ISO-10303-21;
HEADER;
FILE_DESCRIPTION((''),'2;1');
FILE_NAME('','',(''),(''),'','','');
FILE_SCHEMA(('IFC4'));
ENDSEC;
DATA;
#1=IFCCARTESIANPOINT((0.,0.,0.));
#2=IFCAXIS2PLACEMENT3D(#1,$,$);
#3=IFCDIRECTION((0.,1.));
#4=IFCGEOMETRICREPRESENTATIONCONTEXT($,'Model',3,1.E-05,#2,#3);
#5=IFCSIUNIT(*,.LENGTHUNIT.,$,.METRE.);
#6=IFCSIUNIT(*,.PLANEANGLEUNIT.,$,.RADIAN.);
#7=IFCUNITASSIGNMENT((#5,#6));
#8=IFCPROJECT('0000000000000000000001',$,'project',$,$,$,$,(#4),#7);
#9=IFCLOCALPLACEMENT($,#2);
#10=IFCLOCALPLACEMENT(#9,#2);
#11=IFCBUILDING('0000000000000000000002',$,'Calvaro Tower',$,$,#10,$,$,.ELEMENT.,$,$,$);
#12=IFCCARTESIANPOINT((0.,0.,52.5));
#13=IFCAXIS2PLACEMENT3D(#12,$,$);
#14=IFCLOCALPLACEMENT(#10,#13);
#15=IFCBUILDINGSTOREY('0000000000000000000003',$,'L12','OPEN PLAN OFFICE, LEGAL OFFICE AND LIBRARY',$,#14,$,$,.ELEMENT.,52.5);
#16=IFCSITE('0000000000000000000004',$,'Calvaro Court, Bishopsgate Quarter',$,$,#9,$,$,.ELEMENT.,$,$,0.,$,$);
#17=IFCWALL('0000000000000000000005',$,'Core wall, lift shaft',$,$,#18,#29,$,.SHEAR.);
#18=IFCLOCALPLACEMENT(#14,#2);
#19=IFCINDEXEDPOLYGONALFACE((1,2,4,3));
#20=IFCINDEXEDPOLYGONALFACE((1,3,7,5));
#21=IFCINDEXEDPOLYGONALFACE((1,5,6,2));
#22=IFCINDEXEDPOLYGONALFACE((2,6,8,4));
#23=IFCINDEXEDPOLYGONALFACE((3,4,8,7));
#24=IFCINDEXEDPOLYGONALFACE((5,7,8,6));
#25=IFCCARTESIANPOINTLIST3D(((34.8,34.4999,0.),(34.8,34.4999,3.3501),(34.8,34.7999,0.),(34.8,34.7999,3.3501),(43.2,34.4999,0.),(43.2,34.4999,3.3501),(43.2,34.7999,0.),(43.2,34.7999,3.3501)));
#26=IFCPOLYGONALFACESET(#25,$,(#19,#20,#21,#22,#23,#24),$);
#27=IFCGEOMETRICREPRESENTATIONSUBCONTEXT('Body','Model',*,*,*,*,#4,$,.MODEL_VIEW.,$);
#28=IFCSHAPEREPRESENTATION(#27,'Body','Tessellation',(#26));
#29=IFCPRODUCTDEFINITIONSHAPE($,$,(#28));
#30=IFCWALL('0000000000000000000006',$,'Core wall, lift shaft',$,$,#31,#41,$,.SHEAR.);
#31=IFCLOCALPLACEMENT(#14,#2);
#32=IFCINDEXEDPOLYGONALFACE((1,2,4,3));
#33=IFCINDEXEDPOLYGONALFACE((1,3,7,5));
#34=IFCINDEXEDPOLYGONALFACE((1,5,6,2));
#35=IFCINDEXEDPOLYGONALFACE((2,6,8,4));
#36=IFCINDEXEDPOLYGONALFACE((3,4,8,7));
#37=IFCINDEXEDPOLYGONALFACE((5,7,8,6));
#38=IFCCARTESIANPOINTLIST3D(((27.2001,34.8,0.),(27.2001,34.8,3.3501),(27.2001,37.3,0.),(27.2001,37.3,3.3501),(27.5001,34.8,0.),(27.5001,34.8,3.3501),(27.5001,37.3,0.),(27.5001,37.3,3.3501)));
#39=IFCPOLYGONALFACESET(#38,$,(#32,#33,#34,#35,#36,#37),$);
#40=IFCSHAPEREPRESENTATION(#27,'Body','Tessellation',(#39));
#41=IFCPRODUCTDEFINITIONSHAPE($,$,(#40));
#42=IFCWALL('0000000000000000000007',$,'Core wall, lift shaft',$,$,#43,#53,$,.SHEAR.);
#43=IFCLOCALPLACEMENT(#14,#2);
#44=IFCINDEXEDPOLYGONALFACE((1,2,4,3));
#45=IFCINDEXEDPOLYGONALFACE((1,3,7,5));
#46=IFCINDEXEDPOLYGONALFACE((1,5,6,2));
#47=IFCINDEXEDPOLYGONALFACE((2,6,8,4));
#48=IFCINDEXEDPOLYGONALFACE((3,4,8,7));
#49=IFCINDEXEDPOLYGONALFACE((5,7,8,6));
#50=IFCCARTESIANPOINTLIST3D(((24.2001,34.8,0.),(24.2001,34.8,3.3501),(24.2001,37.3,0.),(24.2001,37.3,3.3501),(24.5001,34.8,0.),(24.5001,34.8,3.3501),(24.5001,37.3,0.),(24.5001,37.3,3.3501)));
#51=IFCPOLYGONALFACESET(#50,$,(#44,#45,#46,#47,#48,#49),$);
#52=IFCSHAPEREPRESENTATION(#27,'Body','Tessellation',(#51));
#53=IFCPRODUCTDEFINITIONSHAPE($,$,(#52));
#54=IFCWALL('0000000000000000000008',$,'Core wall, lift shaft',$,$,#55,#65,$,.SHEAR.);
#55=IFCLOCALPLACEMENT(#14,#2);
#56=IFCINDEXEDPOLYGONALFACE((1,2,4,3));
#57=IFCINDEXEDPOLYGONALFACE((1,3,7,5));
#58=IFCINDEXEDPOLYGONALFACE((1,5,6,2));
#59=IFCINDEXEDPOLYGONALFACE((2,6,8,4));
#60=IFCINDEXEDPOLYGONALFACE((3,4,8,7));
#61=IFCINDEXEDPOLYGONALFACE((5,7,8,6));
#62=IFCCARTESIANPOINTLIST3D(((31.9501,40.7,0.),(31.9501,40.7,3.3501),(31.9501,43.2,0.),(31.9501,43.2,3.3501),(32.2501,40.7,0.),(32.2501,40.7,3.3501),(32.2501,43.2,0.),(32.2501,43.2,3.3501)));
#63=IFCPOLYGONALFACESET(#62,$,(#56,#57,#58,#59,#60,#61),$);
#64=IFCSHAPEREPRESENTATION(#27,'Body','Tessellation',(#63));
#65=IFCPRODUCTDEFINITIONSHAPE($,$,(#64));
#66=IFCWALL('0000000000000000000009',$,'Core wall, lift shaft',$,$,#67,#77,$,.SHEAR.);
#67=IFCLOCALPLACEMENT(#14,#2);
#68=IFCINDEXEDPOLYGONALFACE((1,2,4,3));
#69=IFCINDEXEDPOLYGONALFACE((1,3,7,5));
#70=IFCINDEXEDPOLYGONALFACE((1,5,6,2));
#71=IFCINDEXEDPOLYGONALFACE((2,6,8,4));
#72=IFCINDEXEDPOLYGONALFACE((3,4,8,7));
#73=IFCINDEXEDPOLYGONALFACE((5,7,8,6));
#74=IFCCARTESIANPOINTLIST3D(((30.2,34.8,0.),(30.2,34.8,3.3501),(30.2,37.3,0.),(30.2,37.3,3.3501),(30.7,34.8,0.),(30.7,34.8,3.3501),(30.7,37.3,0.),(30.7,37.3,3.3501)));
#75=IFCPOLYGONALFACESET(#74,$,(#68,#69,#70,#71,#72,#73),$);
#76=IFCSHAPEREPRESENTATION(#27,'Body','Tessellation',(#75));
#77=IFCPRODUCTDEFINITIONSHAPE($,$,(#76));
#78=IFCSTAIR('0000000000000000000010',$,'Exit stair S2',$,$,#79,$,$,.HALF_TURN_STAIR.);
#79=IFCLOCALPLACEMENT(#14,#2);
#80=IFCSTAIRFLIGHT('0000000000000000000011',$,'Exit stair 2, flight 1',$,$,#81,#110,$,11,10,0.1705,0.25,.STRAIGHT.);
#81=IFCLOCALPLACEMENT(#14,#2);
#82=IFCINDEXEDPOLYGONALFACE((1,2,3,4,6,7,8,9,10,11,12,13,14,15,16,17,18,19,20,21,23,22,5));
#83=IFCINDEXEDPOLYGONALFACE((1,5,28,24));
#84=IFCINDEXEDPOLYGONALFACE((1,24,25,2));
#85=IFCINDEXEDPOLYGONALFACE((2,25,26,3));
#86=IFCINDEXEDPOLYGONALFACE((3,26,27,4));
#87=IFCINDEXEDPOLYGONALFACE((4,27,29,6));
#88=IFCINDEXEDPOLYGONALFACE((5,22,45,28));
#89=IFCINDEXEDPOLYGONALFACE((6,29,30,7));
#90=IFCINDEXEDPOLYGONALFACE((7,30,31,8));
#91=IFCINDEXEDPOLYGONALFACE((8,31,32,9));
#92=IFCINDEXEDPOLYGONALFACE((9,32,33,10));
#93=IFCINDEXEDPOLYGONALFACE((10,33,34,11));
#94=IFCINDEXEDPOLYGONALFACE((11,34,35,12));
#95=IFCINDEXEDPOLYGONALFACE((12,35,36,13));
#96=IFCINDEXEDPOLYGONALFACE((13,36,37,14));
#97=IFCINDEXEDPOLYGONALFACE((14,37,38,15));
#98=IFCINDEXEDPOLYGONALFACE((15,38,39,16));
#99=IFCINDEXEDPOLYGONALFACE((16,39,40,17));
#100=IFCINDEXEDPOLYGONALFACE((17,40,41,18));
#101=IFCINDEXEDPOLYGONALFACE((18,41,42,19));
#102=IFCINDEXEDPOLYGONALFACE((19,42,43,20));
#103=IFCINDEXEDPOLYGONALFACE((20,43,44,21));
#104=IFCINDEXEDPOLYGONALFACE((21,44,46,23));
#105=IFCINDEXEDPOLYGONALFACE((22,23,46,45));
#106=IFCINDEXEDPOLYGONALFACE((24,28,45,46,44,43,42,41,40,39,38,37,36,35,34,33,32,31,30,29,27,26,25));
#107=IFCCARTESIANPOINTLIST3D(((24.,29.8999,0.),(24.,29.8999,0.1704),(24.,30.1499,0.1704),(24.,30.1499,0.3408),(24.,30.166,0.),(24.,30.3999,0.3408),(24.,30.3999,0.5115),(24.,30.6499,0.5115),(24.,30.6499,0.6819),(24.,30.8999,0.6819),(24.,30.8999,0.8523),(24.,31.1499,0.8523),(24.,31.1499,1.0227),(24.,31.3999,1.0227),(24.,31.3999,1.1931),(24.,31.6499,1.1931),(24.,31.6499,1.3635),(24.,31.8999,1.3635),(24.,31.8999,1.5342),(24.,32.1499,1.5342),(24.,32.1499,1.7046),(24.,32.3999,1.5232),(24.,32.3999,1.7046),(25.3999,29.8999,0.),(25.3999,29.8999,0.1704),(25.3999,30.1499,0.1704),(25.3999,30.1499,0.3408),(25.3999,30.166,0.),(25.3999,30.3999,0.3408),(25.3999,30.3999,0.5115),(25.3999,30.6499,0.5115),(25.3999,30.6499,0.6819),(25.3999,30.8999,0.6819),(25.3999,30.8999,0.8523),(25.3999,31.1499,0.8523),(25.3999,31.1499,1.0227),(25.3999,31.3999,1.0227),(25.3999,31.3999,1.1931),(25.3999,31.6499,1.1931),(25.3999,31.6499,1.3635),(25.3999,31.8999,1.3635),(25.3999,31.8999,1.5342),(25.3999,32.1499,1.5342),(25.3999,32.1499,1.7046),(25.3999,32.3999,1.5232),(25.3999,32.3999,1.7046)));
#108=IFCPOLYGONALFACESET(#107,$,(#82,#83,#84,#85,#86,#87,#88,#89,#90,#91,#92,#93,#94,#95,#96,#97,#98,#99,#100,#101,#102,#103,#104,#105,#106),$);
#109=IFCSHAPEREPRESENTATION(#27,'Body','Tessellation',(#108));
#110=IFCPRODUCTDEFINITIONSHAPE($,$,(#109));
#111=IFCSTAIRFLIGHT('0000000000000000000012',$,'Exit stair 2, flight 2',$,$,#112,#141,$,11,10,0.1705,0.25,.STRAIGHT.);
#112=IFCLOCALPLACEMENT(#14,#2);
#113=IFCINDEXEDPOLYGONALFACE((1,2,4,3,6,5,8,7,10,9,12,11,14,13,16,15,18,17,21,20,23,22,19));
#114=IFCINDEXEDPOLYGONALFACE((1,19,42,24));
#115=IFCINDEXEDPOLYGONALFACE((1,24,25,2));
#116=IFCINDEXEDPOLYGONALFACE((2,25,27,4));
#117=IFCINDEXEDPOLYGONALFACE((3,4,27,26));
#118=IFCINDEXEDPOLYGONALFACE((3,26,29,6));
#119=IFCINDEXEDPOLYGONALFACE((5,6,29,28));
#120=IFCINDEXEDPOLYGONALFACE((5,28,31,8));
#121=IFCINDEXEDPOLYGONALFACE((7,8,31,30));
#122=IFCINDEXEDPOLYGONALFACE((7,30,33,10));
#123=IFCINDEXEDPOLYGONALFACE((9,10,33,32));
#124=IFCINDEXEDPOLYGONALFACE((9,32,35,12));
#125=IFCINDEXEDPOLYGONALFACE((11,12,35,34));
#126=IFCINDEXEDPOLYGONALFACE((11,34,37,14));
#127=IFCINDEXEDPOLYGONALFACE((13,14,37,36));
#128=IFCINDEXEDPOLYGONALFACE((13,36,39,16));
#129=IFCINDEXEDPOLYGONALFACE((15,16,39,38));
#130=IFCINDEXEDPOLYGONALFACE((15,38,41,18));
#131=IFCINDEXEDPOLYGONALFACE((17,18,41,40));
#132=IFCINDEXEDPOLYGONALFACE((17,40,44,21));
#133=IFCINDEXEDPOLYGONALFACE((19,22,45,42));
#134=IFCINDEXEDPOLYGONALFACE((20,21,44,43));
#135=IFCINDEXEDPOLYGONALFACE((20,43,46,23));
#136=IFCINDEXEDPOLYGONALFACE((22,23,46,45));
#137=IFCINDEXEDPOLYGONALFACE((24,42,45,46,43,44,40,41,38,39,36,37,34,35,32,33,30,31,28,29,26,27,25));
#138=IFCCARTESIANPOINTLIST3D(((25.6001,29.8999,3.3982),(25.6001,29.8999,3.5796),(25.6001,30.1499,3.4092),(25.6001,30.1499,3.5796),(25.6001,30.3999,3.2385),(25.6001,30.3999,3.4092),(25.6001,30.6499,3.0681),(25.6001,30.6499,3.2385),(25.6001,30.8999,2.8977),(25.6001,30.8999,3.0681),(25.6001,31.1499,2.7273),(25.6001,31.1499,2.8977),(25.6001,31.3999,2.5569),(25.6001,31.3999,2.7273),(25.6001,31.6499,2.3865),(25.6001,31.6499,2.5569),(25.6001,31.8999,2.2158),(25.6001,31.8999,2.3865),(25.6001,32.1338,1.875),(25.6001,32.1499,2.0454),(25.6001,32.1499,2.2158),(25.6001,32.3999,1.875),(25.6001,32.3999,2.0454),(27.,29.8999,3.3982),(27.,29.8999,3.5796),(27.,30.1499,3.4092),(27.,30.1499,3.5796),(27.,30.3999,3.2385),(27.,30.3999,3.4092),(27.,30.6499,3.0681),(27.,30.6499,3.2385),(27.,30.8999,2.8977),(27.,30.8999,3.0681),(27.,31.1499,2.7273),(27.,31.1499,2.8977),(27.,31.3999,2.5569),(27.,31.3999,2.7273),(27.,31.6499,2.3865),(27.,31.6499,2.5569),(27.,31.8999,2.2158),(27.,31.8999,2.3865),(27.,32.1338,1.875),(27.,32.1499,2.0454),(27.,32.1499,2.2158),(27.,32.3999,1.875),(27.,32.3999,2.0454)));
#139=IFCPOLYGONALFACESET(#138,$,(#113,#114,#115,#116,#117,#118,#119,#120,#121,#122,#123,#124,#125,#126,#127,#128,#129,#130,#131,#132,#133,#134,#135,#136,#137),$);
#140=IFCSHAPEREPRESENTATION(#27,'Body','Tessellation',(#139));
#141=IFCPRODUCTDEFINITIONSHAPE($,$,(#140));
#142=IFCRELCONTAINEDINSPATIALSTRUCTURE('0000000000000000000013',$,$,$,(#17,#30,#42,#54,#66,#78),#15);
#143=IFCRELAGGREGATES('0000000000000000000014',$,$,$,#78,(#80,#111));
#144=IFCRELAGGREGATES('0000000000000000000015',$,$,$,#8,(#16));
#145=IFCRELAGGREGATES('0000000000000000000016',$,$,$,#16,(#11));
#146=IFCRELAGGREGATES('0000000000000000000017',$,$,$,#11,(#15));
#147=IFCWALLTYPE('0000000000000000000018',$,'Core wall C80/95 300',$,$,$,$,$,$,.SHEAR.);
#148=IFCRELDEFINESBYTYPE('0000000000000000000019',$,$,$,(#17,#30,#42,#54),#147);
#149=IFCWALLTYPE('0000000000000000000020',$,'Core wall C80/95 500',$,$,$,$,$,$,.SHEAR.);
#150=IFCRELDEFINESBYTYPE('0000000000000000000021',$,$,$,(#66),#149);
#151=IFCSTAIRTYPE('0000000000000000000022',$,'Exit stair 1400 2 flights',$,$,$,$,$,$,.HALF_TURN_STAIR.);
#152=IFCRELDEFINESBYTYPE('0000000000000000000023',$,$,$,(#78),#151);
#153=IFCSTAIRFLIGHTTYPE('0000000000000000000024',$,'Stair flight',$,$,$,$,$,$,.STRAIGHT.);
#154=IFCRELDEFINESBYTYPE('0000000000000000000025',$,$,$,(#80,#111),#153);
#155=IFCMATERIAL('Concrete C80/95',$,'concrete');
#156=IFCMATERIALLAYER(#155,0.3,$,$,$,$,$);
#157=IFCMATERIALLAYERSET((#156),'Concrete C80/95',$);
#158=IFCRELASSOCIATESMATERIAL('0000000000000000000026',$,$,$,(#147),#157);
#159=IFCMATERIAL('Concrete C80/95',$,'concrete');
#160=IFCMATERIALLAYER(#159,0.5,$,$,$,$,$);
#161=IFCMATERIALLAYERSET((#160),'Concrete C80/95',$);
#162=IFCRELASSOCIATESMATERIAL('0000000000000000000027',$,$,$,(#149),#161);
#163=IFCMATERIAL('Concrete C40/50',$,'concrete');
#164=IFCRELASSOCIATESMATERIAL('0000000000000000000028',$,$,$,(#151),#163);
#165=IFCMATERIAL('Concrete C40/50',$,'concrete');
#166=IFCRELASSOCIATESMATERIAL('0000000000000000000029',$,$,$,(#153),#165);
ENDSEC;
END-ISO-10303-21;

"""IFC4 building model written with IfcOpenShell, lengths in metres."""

from ifc_helpers import new_model, si_unit, direction, frame, frame_2d, origin, place, context, subcontext, project, spatial, polyline, rectangle, outline, extrude, material, layer, layer_set, type_object, element, aggregate, save


model = new_model("IFC4")

# Units and contexts
model_context = context("Model", 3, precision=1e-05, world=origin(), true_north=direction((0.0, 1.0)))
body_context = subcontext(model_context, "Body", "Model", "MODEL_VIEW")
ifc_project = project(units=[si_unit("LENGTHUNIT", "METRE"), si_unit("PLANEANGLEUNIT", "RADIAN")], contexts=[model_context])

# Site, building, storey
site_placement = place(None, origin())
site = spatial("IfcSite", under=ifc_project, at=site_placement, Name="Calvaro Court, Bishopsgate Quarter", CompositionType="ELEMENT", RefElevation=0.0)
building_placement = place(site_placement, origin())
building = spatial("IfcBuilding", under=site, at=building_placement, Name="Calvaro Tower", CompositionType="ELEMENT")
storey_placement = place(building_placement, frame((0.0, 0.0, 52.5)))
storey = spatial("IfcBuildingStorey", under=building, at=storey_placement, Name="L12", Description="OPEN PLAN OFFICE, LEGAL OFFICE AND LIBRARY", CompositionType="ELEMENT", Elevation=52.5)

# Walls
ifc_material_1 = material(Name="Concrete C80/95", Category="concrete")
ifc_layer_1 = layer(ifc_material_1, 0.3)
ifc_layer_set_1 = layer_set([ifc_layer_1], Name="Concrete C80/95")
wall_type_1 = type_object("IfcWallType", Name="Core wall C80/95 300", PredefinedType="SHEAR", material=ifc_layer_set_1)
wall_1_placement = place(storey_placement, frame((34.8, 34.6499, 0.0), z_axis=(0.0, 0.0, 1.0), x_axis=(1.0, 0.0, 0.0)))
element("IfcWall", 1, at=wall_1_placement, inside=storey, type_object=wall_type_1, Name="Core wall, lift shaft", PredefinedType="SHEAR", context=body_context, shape_type="SweptSolid", body=[
    extrude(rectangle(XDim=8.3999, YDim=0.3, at=frame_2d((4.2, 0.0))), origin(), (0.0, 0.0, 1.0), 3.3501),
])
for number, where, z_axis, x_axis, name in (
    (2, (27.3501, 34.8, 0.0), (0.0, 0.0, 1.0), (0.0, 1.0, 0.0), "Core wall, lift shaft"),
    (3, (24.3501, 34.8, 0.0), (0.0, 0.0, 1.0), (0.0, 1.0, 0.0), "Core wall, lift shaft"),
    (4, (32.1001, 40.7, 0.0), (0.0, 0.0, 1.0), (0.0, 1.0, 0.0), "Core wall, lift shaft"),
):
    element("IfcWall", number, at=place(storey_placement, frame(where, z_axis=z_axis, x_axis=x_axis)), inside=storey, type_object=wall_type_1, Name=name, PredefinedType="SHEAR", context=body_context, shape_type="SweptSolid", body=[
        extrude(rectangle(XDim=2.5, YDim=0.3, at=frame_2d((1.25, 0.0))), origin(), (0.0, 0.0, 1.0), 3.3501),
    ])
ifc_material_2 = material(Name="Concrete C80/95", Category="concrete")
ifc_layer_2 = layer(ifc_material_2, 0.5)
ifc_layer_set_2 = layer_set([ifc_layer_2], Name="Concrete C80/95")
wall_type_2 = type_object("IfcWallType", Name="Core wall C80/95 500", PredefinedType="SHEAR", material=ifc_layer_set_2)
wall_2_placement = place(storey_placement, frame((30.45, 34.8, 0.0), z_axis=(0.0, 0.0, 1.0), x_axis=(0.0, 1.0, 0.0)))
element("IfcWall", 5, at=wall_2_placement, inside=storey, type_object=wall_type_2, Name="Core wall, lift shaft", PredefinedType="SHEAR", context=body_context, shape_type="SweptSolid", body=[
    extrude(rectangle(XDim=2.5, YDim=0.5, at=frame_2d((1.25, 0.0))), origin(), (0.0, 0.0, 1.0), 3.3501),
])

# Stair, stair flights
ifc_material_3 = material(Name="Concrete C40/50", Category="concrete")
stair_type = type_object("IfcStairType", Name="Exit stair 1400 2 flights", PredefinedType="HALF_TURN_STAIR", material=ifc_material_3)
stair_placement = place(storey_placement, origin())
stair = element("IfcStair", 6, at=stair_placement, inside=storey, type_object=stair_type, Name="Exit stair S2", PredefinedType="HALF_TURN_STAIR")
ifc_material_4 = material(Name="Concrete C40/50", Category="concrete")
stair_flight_type = type_object("IfcStairFlightType", Name="Stair flight", PredefinedType="STRAIGHT", material=ifc_material_4)
stair_flight_1_placement = place(storey_placement, frame((24.7, 29.8999, 0.0), z_axis=(0.0, 0.0, 1.0), x_axis=(0.0, 1.0, 0.0)))
stair_flight_1 = element("IfcStairFlight", 7, at=stair_flight_1_placement, type_object=stair_flight_type, Name="Exit stair 2, flight 1", NumberOfRisers=11, NumberOfTreads=10, PredefinedType="STRAIGHT", RiserHeight=0.1705, TreadLength=0.25, context=body_context, shape_type="SweptSolid", body=[
    extrude(outline(polyline([(0.0, 0.0), (0.0, 0.1704), (0.25, 0.1704), (0.25, 0.3408), (0.5, 0.3408), (0.5, 0.5115), (0.75, 0.5115), (0.75, 0.6819), (1.0, 0.6819), (1.0, 0.8523), (1.25, 0.8523), (1.25, 1.0227), (1.5, 1.0227), (1.5, 1.1931), (1.75, 1.1931), (1.75, 1.3635), (2.0, 1.3635), (2.0, 1.5342), (2.25, 1.5342), (2.25, 1.7046), (2.5, 1.7046), (2.5, 1.875), (2.5, 1.5232), (0.2661, 0.0), (0.0, 0.0)])), frame((0.0, 0.7, 0.0), z_axis=(0.0, -1.0, 0.0), x_axis=(1.0, 0.0, 0.0)), (0.0, 0.0, 1.0), 1.3999),
])
stair_flight_2_placement = place(storey_placement, frame((26.3, 32.3999, 1.875), z_axis=(0.0, 0.0, 1.0), x_axis=(0.0, -1.0, 0.0)))
stair_flight_2 = element("IfcStairFlight", 8, at=stair_flight_2_placement, type_object=stair_flight_type, Name="Exit stair 2, flight 2", NumberOfRisers=11, NumberOfTreads=10, PredefinedType="STRAIGHT", RiserHeight=0.1705, TreadLength=0.25, context=body_context, shape_type="SweptSolid", body=[
    extrude(outline(polyline([(0.0, 0.0), (0.0, 0.1704), (0.25, 0.1704), (0.25, 0.3408), (0.5, 0.3408), (0.5, 0.5115), (0.75, 0.5115), (0.75, 0.6819), (1.0, 0.6819), (1.0, 0.8523), (1.25, 0.8523), (1.25, 1.0227), (1.5, 1.0227), (1.5, 1.1931), (1.75, 1.1931), (1.75, 1.3635), (2.0, 1.3635), (2.0, 1.5342), (2.25, 1.5342), (2.25, 1.7046), (2.5, 1.7046), (2.5, 1.875), (2.5, 1.5232), (0.2661, 0.0), (0.0, 0.0)])), frame((0.0, 0.7, 0.0), z_axis=(0.0, -1.0, 0.0), x_axis=(1.0, 0.0, 0.0)), (0.0, 0.0, 1.0), 1.3999),
])
aggregate(stair, [stair_flight_1, stair_flight_2])

save(model, "model.ifc")
